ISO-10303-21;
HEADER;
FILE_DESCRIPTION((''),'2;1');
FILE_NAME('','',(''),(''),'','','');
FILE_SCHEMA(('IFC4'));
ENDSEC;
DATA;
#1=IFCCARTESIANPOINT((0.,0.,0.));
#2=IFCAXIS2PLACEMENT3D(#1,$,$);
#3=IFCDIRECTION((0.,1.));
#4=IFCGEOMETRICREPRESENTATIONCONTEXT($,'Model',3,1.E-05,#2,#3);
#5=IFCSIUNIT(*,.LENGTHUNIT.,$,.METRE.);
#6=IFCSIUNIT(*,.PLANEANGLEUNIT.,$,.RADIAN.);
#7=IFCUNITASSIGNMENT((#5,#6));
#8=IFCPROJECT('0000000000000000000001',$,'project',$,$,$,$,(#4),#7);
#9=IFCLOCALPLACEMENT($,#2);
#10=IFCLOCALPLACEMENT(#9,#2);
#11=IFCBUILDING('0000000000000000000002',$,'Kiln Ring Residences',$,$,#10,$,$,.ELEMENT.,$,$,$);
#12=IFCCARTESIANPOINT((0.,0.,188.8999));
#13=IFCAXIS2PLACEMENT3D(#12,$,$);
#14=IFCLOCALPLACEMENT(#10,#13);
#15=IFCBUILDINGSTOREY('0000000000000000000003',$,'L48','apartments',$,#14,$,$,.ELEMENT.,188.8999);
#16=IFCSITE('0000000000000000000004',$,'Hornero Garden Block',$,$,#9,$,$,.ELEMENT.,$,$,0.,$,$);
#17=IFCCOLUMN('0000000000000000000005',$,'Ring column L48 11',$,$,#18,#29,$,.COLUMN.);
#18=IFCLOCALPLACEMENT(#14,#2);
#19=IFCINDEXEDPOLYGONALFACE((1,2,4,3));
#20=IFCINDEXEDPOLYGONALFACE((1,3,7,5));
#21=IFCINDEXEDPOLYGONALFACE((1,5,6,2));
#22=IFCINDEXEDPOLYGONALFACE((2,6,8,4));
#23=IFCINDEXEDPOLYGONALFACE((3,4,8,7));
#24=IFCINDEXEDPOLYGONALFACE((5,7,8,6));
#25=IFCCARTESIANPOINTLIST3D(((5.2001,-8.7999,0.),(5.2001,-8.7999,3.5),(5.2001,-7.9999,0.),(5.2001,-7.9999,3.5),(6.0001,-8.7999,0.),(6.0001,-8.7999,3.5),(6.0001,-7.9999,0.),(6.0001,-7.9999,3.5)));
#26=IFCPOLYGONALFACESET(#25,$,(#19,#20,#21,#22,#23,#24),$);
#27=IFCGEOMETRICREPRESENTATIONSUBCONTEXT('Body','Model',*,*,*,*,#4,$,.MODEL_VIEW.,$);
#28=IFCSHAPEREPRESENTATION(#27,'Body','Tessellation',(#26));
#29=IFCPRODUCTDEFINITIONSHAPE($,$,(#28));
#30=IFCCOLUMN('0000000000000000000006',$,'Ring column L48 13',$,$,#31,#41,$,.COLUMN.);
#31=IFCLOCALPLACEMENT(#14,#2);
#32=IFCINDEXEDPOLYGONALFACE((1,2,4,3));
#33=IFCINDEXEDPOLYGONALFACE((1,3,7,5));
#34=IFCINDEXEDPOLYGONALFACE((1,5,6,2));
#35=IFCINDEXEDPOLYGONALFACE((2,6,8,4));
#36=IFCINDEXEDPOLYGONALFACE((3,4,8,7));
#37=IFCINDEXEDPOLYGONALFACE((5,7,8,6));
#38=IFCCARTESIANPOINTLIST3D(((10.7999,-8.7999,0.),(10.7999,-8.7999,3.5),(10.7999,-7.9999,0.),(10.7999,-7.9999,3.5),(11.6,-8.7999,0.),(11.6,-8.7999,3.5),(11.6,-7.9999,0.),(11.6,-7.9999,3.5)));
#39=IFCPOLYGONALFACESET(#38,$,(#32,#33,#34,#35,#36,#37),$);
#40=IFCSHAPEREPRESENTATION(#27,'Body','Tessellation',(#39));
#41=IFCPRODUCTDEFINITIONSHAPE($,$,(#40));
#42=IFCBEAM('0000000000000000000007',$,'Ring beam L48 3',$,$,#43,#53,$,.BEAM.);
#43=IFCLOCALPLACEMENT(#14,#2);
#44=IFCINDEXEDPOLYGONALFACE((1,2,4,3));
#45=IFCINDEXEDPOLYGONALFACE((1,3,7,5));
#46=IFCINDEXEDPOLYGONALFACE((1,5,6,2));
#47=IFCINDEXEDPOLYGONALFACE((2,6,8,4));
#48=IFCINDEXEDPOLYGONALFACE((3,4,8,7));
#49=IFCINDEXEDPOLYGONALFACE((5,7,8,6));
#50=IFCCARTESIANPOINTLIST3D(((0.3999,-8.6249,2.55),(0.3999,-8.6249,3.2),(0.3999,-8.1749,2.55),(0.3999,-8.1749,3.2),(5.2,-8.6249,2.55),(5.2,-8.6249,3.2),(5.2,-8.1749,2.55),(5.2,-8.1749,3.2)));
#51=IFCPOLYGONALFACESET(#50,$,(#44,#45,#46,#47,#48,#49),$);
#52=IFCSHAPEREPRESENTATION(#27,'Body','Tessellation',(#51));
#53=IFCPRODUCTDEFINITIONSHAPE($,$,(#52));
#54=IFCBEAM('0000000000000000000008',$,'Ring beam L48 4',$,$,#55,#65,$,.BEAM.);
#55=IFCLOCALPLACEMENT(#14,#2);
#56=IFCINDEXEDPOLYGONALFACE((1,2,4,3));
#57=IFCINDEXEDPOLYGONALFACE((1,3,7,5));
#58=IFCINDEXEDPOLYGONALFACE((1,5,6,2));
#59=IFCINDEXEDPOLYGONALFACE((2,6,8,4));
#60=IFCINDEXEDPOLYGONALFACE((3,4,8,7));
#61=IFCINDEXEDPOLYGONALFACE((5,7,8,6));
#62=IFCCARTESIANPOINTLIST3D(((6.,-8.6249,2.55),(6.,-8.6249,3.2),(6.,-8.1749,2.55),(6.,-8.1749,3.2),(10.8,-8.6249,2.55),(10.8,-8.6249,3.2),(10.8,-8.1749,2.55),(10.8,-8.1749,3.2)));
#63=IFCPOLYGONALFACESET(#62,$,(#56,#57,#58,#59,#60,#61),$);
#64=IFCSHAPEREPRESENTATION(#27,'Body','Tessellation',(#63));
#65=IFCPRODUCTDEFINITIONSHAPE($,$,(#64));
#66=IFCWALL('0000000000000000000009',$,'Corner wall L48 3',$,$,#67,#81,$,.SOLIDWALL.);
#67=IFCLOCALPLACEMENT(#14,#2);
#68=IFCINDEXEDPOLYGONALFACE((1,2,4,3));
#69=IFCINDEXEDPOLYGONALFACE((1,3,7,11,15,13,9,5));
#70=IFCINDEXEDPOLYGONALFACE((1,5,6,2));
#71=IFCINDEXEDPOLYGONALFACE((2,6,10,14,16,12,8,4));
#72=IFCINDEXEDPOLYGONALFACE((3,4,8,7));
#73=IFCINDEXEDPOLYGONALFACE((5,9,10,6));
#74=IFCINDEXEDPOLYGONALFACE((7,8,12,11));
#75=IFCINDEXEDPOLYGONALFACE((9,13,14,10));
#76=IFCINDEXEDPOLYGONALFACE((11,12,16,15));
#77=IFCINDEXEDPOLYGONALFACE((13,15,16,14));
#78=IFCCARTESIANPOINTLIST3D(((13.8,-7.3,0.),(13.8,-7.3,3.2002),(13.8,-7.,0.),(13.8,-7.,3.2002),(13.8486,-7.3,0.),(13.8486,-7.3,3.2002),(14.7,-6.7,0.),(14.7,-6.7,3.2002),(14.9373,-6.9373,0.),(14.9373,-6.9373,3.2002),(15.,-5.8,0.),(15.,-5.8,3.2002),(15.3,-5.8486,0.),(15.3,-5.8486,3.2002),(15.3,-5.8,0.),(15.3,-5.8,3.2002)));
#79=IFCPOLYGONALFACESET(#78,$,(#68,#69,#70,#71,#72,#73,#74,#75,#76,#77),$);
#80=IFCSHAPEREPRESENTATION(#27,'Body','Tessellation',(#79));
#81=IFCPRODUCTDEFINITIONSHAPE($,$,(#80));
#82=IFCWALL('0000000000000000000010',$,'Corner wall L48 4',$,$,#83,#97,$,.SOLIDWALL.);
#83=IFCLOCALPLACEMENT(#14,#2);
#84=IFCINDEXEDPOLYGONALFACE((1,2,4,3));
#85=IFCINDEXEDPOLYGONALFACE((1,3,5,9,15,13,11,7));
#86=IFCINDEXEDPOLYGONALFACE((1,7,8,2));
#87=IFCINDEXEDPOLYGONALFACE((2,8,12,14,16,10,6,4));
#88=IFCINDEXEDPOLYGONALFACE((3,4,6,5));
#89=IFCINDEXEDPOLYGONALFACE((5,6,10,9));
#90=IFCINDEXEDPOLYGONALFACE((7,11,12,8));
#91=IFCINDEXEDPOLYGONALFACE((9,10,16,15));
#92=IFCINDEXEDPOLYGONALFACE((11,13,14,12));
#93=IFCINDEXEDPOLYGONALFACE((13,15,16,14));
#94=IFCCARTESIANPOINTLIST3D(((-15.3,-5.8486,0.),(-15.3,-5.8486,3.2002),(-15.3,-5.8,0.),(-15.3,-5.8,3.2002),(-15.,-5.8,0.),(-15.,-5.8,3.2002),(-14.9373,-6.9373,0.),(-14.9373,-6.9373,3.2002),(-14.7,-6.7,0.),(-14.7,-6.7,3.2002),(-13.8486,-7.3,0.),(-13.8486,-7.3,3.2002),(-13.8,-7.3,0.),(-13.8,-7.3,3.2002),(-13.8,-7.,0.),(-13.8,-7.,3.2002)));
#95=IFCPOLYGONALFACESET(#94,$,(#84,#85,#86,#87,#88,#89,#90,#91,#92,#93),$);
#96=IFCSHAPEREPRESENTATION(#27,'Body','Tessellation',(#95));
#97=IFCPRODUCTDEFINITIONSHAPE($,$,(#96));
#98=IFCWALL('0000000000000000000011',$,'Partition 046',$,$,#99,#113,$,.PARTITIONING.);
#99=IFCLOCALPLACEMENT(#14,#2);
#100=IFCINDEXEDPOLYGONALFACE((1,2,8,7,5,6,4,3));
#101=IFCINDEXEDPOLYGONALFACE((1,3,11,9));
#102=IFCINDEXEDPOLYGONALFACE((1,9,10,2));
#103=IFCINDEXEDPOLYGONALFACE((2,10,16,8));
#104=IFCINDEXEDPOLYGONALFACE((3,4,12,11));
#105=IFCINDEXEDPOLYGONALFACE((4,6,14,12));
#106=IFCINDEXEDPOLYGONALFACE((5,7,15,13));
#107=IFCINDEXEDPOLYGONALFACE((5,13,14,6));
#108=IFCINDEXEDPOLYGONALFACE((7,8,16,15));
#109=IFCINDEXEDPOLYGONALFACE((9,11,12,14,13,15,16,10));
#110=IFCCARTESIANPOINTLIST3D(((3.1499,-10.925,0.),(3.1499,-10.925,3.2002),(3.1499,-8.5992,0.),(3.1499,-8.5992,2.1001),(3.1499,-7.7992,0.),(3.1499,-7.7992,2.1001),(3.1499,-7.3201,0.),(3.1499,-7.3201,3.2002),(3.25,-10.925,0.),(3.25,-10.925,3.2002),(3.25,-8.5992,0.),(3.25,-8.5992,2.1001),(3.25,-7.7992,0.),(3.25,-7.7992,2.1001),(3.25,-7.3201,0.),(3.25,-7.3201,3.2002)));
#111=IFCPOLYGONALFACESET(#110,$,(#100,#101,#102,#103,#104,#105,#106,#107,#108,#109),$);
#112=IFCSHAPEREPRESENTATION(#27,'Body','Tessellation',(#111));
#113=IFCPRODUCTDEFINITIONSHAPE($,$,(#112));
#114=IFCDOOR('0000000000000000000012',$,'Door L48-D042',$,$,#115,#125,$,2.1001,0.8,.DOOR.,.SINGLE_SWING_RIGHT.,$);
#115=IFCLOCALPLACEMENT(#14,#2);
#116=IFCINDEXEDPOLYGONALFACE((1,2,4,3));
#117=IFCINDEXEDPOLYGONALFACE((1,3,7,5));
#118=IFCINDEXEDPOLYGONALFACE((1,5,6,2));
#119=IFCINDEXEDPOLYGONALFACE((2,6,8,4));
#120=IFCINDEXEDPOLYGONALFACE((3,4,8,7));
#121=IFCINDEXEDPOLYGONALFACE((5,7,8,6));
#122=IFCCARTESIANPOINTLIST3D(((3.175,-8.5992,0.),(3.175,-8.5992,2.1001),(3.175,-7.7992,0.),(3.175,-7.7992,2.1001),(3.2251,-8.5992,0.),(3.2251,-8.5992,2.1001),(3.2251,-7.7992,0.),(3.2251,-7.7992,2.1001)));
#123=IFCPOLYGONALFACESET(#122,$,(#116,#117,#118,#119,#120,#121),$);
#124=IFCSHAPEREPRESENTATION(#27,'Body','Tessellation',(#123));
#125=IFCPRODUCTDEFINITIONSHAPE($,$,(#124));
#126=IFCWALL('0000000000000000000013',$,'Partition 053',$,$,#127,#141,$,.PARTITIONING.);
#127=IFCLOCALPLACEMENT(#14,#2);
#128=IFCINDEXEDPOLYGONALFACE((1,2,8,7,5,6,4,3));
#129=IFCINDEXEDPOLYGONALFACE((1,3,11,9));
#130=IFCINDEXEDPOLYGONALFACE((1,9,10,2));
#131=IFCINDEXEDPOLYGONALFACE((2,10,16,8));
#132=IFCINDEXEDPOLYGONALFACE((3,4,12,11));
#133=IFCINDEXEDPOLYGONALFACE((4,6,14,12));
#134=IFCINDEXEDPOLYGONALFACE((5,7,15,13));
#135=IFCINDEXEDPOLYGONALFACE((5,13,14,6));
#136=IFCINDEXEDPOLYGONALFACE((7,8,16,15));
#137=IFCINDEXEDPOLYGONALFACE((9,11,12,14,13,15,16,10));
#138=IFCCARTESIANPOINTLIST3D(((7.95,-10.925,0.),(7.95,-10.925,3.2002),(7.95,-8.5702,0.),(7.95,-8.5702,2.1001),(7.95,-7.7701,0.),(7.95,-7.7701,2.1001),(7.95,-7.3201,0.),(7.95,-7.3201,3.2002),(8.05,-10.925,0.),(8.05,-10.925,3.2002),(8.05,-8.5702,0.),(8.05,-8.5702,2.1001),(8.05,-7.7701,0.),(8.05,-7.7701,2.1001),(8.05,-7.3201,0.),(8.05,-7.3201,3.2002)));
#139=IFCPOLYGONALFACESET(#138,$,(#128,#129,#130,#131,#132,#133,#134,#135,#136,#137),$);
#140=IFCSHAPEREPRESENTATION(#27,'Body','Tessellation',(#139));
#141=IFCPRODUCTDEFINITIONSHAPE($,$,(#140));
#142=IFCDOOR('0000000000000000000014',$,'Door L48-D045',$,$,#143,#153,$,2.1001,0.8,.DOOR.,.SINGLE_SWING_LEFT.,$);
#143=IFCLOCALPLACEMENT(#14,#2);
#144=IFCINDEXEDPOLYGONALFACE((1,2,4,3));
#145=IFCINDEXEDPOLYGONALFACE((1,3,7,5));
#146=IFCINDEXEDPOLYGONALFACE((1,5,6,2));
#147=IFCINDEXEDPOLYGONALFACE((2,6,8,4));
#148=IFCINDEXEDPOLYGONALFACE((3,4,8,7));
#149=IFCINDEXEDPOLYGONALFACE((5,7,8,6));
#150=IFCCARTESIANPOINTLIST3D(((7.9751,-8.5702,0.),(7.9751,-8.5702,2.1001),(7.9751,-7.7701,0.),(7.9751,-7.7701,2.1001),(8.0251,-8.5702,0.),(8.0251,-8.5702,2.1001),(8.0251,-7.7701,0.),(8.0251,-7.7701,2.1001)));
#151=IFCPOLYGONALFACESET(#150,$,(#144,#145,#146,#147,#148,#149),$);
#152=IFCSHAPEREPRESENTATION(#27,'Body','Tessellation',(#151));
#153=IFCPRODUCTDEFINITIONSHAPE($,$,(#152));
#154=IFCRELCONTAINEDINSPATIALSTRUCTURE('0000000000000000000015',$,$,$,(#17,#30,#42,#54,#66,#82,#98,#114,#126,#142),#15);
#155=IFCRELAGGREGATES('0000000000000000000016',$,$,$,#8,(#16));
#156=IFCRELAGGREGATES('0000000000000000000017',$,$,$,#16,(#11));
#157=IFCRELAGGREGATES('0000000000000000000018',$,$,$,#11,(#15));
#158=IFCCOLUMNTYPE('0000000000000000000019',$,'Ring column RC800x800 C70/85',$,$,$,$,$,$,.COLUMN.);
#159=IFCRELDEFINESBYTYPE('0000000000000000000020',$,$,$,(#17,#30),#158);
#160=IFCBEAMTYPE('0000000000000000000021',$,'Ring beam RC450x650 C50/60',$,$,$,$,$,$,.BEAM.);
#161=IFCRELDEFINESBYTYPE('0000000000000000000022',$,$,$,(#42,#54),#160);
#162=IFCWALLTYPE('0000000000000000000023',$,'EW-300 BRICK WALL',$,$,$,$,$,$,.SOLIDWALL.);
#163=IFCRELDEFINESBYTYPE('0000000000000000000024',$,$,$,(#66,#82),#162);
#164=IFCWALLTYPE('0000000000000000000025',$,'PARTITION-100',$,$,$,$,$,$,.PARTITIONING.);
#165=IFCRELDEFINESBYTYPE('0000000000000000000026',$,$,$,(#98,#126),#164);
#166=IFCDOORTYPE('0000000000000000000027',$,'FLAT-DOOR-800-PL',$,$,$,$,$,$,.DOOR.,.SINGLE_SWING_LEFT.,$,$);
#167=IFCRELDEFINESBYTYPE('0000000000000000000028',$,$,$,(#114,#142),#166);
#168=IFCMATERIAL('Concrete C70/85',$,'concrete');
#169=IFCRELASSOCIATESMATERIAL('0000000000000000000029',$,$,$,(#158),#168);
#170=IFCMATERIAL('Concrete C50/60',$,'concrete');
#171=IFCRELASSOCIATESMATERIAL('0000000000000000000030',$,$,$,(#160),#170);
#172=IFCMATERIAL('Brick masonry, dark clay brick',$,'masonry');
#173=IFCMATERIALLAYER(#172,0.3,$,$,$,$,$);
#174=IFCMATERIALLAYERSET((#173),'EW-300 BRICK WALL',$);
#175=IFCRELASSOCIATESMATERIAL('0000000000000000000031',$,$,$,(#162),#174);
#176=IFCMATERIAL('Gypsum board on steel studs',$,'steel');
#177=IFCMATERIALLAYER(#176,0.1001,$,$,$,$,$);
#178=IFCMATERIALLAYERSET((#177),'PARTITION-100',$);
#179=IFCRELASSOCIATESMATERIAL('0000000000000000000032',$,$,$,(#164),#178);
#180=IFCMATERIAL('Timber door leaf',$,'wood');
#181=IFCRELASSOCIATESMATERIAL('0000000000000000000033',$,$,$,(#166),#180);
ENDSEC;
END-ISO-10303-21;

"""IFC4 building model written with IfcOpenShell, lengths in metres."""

from ifc_helpers import new_model, si_unit, direction, frame, frame_2d, origin, origin_2d, place, context, subcontext, project, spatial, polyline, rectangle, outline, extrude, material, layer, layer_set, material_profile, profile_set, type_object, element, fill, save


model = new_model("IFC4")

# Units and contexts
model_context = context("Model", 3, precision=1e-05, world=origin(), true_north=direction((0.0, 1.0)))
body_context = subcontext(model_context, "Body", "Model", "MODEL_VIEW")
ifc_project = project(units=[si_unit("LENGTHUNIT", "METRE"), si_unit("PLANEANGLEUNIT", "RADIAN")], contexts=[model_context])

# Site, building, storey
site_placement = place(None, origin())
site = spatial("IfcSite", under=ifc_project, at=site_placement, Name="Hornero Garden Block", CompositionType="ELEMENT", RefElevation=0.0)
building_placement = place(site_placement, origin())
building = spatial("IfcBuilding", under=site, at=building_placement, Name="Kiln Ring Residences", CompositionType="ELEMENT")
storey_placement = place(building_placement, frame((0.0, 0.0, 188.8999)))
storey = spatial("IfcBuildingStorey", under=building, at=storey_placement, Name="L48", Description="apartments", CompositionType="ELEMENT", Elevation=188.8999)

# Columns
ifc_material_1 = material(Name="Concrete C70/85", Category="concrete")
ifc_material_profile_1 = material_profile(ifc_material_1, rectangle(XDim=0.8, YDim=0.8, at=origin_2d()), Name="RC800x800")
ifc_profile_set_1 = profile_set([ifc_material_profile_1], Name="Concrete C70/85")
column_type = type_object("IfcColumnType", Name="Ring column RC800x800 C70/85", PredefinedType="COLUMN", material=ifc_profile_set_1)
for number, where, z_axis, x_axis, name in (
    (1, (5.6001, -8.3999, 0.0), (0.0, 0.0, 1.0), (1.0, 0.0, 0.0), "Ring column L48 11"),
    (2, (11.2, -8.3999, 0.0), (0.0, 0.0, 1.0), (1.0, 0.0, 0.0), "Ring column L48 13"),
):
    element("IfcColumn", number, at=place(storey_placement, frame(where, z_axis=z_axis, x_axis=x_axis)), inside=storey, type_object=column_type, Name=name, PredefinedType="COLUMN", context=body_context, shape_type="SweptSolid", body=[
        extrude(rectangle(XDim=0.8, YDim=0.8, at=origin_2d()), origin(), (0.0, 0.0, 1.0), 3.5),
    ])

# Beams
ifc_material_2 = material(Name="Concrete C50/60", Category="concrete")
ifc_material_profile_2 = material_profile(ifc_material_2, rectangle(XDim=0.45, YDim=0.6499, at=origin_2d()), Name="RC450x650")
ifc_profile_set_2 = profile_set([ifc_material_profile_2], Name="Concrete C50/60")
beam_type = type_object("IfcBeamType", Name="Ring beam RC450x650 C50/60", PredefinedType="BEAM", material=ifc_profile_set_2)
for number, where, z_axis, x_axis, name in (
    (3, (0.3999, -8.3999, 2.875), (1.0, 0.0, 0.0), (0.0, 1.0, 0.0), "Ring beam L48 3"),
    (4, (6.0, -8.3999, 2.875), (1.0, 0.0, 0.0), (0.0, 1.0, 0.0), "Ring beam L48 4"),
):
    element("IfcBeam", number, at=place(storey_placement, frame(where, z_axis=z_axis, x_axis=x_axis)), inside=storey, type_object=beam_type, Name=name, PredefinedType="BEAM", context=body_context, shape_type="SweptSolid", body=[
        extrude(rectangle(XDim=0.45, YDim=0.6499, at=origin_2d()), origin(), (0.0, 0.0, 1.0), 4.8),
    ])

# Shared definitions
ifc_material_3 = material(Name="Brick masonry, dark clay brick", Category="masonry")
ifc_layer_1 = layer(ifc_material_3, 0.3)
ifc_layer_set_1 = layer_set([ifc_layer_1], Name="EW-300 BRICK WALL")
wall_type_1 = type_object("IfcWallType", Name="EW-300 BRICK WALL", PredefinedType="SOLIDWALL", material=ifc_layer_set_1)

# Walls
placement = place(storey_placement, origin())
element("IfcWall", 5, at=placement, inside=storey, type_object=wall_type_1, Name="Corner wall L48 3", PredefinedType="SOLIDWALL", context=body_context, shape_type="SweptSolid", body=[
    extrude(outline(polyline([(14.9373, -6.9373), (15.3, -5.8486), (15.3, -5.8), (15.0, -5.8), (14.7, -6.7), (13.8, -7.0), (13.8, -7.3), (13.8486, -7.3), (14.9373, -6.9373)])), origin(), (0.0, 0.0, 1.0), 3.2002),
])
element("IfcWall", 6, at=placement, inside=storey, type_object=wall_type_1, Name="Corner wall L48 4", PredefinedType="SOLIDWALL", context=body_context, shape_type="SweptSolid", body=[
    extrude(outline(polyline([(-14.9373, -6.9373), (-13.8486, -7.3), (-13.8, -7.3), (-13.8, -7.0), (-14.7, -6.7), (-15.0, -5.8), (-15.3, -5.8), (-15.3, -5.8486), (-14.9373, -6.9373)])), origin(), (0.0, 0.0, 1.0), 3.2002),
])

# Walls, openings, doors
ifc_material_4 = material(Name="Gypsum board on steel studs", Category="steel")
ifc_layer_2 = layer(ifc_material_4, 0.1001)
ifc_layer_set_2 = layer_set([ifc_layer_2], Name="PARTITION-100")
wall_type_2 = type_object("IfcWallType", Name="PARTITION-100", PredefinedType="PARTITIONING", material=ifc_layer_set_2)
wall_1_placement = place(storey_placement, frame((3.2, -10.925, 0.0), z_axis=(0.0, 0.0, 1.0), x_axis=(0.0, 1.0, 0.0)))
wall_1 = element("IfcWall", 7, at=wall_1_placement, inside=storey, type_object=wall_type_2, Name="Partition 046", PredefinedType="PARTITIONING", context=body_context, shape_type="SweptSolid", body=[
    extrude(rectangle(XDim=3.605, YDim=0.1001, at=frame_2d((1.8025, 0.0))), origin(), (0.0, 0.0, 1.0), 3.2002),
])
opening_1_placement = place(wall_1_placement, frame((2.3259, 0.0, 0.0)))
opening_1 = element("IfcOpeningElement", 8, at=opening_1_placement, cuts=wall_1, PredefinedType="OPENING", context=body_context, shape_type="SweptSolid", body=[
    extrude(rectangle(XDim=0.8, YDim=2.1001, at=frame_2d((0.3999, 1.05))), frame((0.0, 0.0601, 0.0), z_axis=(0.0, -1.0, 0.0), x_axis=(1.0, 0.0, 0.0)), (0.0, 0.0, 1.0), 0.1201),
])
ifc_material_5 = material(Name="Timber door leaf", Category="wood")
door_type_1 = type_object("IfcDoorType", Name="FLAT-DOOR-800-PL", OperationType="SINGLE_SWING_LEFT", PredefinedType="DOOR", material=ifc_material_5)
door_1_placement = place(opening_1_placement, origin())
door_1 = element("IfcDoor", 9, at=door_1_placement, inside=storey, type_object=door_type_1, Name="Door L48-D042", OperationType="SINGLE_SWING_RIGHT", OverallHeight=2.1001, OverallWidth=0.8, PredefinedType="DOOR", context=body_context, shape_type="SweptSolid", body=[
    extrude(rectangle(XDim=0.8, YDim=2.1001, at=frame_2d((0.3999, 1.05))), frame((0.0, 0.0249, 0.0), z_axis=(0.0, -1.0, 0.0), x_axis=(1.0, 0.0, 0.0)), (0.0, 0.0, 1.0), 0.05),
])
fill(opening_1, door_1)
wall_2_placement = place(storey_placement, frame((8.0, -10.925, 0.0), z_axis=(0.0, 0.0, 1.0), x_axis=(0.0, 1.0, 0.0)))
wall_2 = element("IfcWall", 10, at=wall_2_placement, inside=storey, type_object=wall_type_2, Name="Partition 053", PredefinedType="PARTITIONING", context=body_context, shape_type="SweptSolid", body=[
    extrude(rectangle(XDim=3.605, YDim=0.1001, at=frame_2d((1.8025, 0.0))), origin(), (0.0, 0.0, 1.0), 3.2002),
])
opening_2_placement = place(wall_2_placement, frame((2.355, 0.0, 0.0)))
opening_2 = element("IfcOpeningElement", 11, at=opening_2_placement, cuts=wall_2, PredefinedType="OPENING", context=body_context, shape_type="SweptSolid", body=[
    extrude(rectangle(XDim=0.8, YDim=2.1001, at=frame_2d((0.3999, 1.05))), frame((0.0, 0.0601, 0.0), z_axis=(0.0, -1.0, 0.0), x_axis=(1.0, 0.0, 0.0)), (0.0, 0.0, 1.0), 0.1201),
])
door_2_placement = place(opening_2_placement, origin())
door_2 = element("IfcDoor", 12, at=door_2_placement, inside=storey, type_object=door_type_1, Name="Door L48-D045", OperationType="SINGLE_SWING_LEFT", OverallHeight=2.1001, OverallWidth=0.8, PredefinedType="DOOR", context=body_context, shape_type="SweptSolid", body=[
    extrude(rectangle(XDim=0.8, YDim=2.1001, at=frame_2d((0.3999, 1.05))), frame((0.0, 0.0249, 0.0), z_axis=(0.0, -1.0, 0.0), x_axis=(1.0, 0.0, 0.0)), (0.0, 0.0, 1.0), 0.05),
])
fill(opening_2, door_2)

save(model, "model.ifc")
